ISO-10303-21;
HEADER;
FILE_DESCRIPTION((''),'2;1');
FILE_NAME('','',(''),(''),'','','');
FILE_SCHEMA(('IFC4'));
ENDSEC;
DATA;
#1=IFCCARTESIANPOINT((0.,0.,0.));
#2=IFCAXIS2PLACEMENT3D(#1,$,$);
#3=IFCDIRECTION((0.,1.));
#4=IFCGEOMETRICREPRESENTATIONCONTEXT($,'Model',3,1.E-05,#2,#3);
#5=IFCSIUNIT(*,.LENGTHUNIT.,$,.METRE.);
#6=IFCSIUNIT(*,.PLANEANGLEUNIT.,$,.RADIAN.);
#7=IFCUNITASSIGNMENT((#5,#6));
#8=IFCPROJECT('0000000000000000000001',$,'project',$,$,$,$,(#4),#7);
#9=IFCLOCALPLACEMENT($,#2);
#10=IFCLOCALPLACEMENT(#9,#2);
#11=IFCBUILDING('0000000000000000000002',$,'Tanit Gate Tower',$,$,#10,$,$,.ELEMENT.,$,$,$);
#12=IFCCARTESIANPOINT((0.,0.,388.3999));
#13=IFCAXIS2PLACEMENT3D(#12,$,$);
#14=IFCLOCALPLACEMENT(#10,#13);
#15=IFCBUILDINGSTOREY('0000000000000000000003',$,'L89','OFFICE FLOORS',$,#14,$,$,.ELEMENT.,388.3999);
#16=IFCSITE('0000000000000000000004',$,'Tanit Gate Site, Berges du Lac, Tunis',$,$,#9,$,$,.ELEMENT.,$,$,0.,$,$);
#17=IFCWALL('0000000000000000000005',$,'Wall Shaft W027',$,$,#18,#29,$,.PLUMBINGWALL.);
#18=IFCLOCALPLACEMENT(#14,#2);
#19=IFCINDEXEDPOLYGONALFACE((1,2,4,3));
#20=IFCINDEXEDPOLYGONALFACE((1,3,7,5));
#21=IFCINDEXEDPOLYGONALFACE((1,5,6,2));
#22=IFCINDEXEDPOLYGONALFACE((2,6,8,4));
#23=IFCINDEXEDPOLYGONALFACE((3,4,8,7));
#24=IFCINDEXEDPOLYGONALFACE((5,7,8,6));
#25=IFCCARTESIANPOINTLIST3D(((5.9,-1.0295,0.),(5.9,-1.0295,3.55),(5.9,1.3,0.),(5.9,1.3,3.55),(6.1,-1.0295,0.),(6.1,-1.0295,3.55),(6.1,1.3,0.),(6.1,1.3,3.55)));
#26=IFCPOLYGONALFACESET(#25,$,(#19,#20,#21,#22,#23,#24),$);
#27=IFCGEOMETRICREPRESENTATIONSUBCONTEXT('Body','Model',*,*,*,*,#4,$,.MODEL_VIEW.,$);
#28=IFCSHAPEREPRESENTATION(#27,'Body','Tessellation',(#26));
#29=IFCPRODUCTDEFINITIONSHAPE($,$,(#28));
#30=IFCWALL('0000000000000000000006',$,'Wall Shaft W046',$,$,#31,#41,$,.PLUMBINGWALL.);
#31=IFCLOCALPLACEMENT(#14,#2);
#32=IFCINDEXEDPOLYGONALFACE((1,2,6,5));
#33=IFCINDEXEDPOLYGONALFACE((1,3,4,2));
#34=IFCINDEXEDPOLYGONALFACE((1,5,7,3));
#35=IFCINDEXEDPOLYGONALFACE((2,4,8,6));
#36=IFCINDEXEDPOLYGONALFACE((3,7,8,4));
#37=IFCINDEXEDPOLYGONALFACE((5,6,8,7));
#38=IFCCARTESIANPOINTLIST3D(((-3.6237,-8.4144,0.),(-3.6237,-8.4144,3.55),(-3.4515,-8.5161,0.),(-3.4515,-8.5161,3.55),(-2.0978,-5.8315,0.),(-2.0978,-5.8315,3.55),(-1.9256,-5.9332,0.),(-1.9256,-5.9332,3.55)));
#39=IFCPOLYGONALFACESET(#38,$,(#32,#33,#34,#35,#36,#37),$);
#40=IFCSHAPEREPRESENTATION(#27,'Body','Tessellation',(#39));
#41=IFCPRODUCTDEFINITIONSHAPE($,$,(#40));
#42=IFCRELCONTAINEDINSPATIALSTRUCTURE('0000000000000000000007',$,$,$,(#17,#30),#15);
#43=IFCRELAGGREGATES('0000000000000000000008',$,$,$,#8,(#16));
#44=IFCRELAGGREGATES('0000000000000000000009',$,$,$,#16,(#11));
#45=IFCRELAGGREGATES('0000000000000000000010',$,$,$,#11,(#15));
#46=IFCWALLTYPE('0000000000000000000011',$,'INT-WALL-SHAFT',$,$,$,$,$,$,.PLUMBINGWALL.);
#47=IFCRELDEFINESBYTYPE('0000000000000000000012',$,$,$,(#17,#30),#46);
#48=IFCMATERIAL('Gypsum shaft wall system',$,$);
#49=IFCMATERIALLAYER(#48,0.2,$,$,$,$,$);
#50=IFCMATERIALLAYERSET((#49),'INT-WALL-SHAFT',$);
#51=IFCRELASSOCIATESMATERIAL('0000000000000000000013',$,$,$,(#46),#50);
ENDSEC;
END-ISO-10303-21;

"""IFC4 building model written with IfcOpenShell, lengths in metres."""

from ifc_helpers import new_model, si_unit, direction, frame, frame_2d, origin, place, context, subcontext, project, spatial, rectangle, extrude, material, layer, layer_set, type_object, element, save


model = new_model("IFC4")

# Units and contexts
model_context = context("Model", 3, precision=1e-05, world=origin(), true_north=direction((0.0, 1.0)))
body_context = subcontext(model_context, "Body", "Model", "MODEL_VIEW")
ifc_project = project(units=[si_unit("LENGTHUNIT", "METRE"), si_unit("PLANEANGLEUNIT", "RADIAN")], contexts=[model_context])

# Site, building, storey
site_placement = place(None, origin())
site = spatial("IfcSite", under=ifc_project, at=site_placement, Name="Tanit Gate Site, Berges du Lac, Tunis", CompositionType="ELEMENT", RefElevation=0.0)
building_placement = place(site_placement, origin())
building = spatial("IfcBuilding", under=site, at=building_placement, Name="Tanit Gate Tower", CompositionType="ELEMENT")
storey_placement = place(building_placement, frame((0.0, 0.0, 388.3999)))
storey = spatial("IfcBuildingStorey", under=building, at=storey_placement, Name="L89", Description="OFFICE FLOORS", CompositionType="ELEMENT", Elevation=388.3999)

# Walls
ifc_material_1 = material(Name="Gypsum shaft wall system")
ifc_layer_1 = layer(ifc_material_1, 0.2)
ifc_layer_set_1 = layer_set([ifc_layer_1], Name="INT-WALL-SHAFT")
wall_type_1 = type_object("IfcWallType", Name="INT-WALL-SHAFT", PredefinedType="PLUMBINGWALL", material=ifc_layer_set_1)
wall_1_placement = place(storey_placement, frame((6.0, -1.0295, 0.0), z_axis=(0.0, 0.0, 1.0), x_axis=(0.0, 1.0, 0.0)))
element("IfcWall", 1, at=wall_1_placement, inside=storey, type_object=wall_type_1, Name="Wall Shaft W027", PredefinedType="PLUMBINGWALL", context=body_context, shape_type="SweptSolid", body=[
    extrude(rectangle(XDim=2.3296, YDim=0.2, at=frame_2d((1.1648, 0.0))), origin(), (0.0, 0.0, 1.0), 3.55),
])
wall_2_placement = place(storey_placement, frame((-2.0117, -5.8823, 0.0), z_axis=(0.0, 0.0, 1.0), x_axis=(-0.50862, -0.860991, 0.0)))
element("IfcWall", 2, at=wall_2_placement, inside=storey, type_object=wall_type_1, Name="Wall Shaft W046", PredefinedType="PLUMBINGWALL", context=body_context, shape_type="SweptSolid", body=[
    extrude(rectangle(XDim=3.0, YDim=0.2, at=frame_2d((1.5, 0.0))), origin(), (0.0, 0.0, 1.0), 3.55),
])

save(model, "model.ifc")
